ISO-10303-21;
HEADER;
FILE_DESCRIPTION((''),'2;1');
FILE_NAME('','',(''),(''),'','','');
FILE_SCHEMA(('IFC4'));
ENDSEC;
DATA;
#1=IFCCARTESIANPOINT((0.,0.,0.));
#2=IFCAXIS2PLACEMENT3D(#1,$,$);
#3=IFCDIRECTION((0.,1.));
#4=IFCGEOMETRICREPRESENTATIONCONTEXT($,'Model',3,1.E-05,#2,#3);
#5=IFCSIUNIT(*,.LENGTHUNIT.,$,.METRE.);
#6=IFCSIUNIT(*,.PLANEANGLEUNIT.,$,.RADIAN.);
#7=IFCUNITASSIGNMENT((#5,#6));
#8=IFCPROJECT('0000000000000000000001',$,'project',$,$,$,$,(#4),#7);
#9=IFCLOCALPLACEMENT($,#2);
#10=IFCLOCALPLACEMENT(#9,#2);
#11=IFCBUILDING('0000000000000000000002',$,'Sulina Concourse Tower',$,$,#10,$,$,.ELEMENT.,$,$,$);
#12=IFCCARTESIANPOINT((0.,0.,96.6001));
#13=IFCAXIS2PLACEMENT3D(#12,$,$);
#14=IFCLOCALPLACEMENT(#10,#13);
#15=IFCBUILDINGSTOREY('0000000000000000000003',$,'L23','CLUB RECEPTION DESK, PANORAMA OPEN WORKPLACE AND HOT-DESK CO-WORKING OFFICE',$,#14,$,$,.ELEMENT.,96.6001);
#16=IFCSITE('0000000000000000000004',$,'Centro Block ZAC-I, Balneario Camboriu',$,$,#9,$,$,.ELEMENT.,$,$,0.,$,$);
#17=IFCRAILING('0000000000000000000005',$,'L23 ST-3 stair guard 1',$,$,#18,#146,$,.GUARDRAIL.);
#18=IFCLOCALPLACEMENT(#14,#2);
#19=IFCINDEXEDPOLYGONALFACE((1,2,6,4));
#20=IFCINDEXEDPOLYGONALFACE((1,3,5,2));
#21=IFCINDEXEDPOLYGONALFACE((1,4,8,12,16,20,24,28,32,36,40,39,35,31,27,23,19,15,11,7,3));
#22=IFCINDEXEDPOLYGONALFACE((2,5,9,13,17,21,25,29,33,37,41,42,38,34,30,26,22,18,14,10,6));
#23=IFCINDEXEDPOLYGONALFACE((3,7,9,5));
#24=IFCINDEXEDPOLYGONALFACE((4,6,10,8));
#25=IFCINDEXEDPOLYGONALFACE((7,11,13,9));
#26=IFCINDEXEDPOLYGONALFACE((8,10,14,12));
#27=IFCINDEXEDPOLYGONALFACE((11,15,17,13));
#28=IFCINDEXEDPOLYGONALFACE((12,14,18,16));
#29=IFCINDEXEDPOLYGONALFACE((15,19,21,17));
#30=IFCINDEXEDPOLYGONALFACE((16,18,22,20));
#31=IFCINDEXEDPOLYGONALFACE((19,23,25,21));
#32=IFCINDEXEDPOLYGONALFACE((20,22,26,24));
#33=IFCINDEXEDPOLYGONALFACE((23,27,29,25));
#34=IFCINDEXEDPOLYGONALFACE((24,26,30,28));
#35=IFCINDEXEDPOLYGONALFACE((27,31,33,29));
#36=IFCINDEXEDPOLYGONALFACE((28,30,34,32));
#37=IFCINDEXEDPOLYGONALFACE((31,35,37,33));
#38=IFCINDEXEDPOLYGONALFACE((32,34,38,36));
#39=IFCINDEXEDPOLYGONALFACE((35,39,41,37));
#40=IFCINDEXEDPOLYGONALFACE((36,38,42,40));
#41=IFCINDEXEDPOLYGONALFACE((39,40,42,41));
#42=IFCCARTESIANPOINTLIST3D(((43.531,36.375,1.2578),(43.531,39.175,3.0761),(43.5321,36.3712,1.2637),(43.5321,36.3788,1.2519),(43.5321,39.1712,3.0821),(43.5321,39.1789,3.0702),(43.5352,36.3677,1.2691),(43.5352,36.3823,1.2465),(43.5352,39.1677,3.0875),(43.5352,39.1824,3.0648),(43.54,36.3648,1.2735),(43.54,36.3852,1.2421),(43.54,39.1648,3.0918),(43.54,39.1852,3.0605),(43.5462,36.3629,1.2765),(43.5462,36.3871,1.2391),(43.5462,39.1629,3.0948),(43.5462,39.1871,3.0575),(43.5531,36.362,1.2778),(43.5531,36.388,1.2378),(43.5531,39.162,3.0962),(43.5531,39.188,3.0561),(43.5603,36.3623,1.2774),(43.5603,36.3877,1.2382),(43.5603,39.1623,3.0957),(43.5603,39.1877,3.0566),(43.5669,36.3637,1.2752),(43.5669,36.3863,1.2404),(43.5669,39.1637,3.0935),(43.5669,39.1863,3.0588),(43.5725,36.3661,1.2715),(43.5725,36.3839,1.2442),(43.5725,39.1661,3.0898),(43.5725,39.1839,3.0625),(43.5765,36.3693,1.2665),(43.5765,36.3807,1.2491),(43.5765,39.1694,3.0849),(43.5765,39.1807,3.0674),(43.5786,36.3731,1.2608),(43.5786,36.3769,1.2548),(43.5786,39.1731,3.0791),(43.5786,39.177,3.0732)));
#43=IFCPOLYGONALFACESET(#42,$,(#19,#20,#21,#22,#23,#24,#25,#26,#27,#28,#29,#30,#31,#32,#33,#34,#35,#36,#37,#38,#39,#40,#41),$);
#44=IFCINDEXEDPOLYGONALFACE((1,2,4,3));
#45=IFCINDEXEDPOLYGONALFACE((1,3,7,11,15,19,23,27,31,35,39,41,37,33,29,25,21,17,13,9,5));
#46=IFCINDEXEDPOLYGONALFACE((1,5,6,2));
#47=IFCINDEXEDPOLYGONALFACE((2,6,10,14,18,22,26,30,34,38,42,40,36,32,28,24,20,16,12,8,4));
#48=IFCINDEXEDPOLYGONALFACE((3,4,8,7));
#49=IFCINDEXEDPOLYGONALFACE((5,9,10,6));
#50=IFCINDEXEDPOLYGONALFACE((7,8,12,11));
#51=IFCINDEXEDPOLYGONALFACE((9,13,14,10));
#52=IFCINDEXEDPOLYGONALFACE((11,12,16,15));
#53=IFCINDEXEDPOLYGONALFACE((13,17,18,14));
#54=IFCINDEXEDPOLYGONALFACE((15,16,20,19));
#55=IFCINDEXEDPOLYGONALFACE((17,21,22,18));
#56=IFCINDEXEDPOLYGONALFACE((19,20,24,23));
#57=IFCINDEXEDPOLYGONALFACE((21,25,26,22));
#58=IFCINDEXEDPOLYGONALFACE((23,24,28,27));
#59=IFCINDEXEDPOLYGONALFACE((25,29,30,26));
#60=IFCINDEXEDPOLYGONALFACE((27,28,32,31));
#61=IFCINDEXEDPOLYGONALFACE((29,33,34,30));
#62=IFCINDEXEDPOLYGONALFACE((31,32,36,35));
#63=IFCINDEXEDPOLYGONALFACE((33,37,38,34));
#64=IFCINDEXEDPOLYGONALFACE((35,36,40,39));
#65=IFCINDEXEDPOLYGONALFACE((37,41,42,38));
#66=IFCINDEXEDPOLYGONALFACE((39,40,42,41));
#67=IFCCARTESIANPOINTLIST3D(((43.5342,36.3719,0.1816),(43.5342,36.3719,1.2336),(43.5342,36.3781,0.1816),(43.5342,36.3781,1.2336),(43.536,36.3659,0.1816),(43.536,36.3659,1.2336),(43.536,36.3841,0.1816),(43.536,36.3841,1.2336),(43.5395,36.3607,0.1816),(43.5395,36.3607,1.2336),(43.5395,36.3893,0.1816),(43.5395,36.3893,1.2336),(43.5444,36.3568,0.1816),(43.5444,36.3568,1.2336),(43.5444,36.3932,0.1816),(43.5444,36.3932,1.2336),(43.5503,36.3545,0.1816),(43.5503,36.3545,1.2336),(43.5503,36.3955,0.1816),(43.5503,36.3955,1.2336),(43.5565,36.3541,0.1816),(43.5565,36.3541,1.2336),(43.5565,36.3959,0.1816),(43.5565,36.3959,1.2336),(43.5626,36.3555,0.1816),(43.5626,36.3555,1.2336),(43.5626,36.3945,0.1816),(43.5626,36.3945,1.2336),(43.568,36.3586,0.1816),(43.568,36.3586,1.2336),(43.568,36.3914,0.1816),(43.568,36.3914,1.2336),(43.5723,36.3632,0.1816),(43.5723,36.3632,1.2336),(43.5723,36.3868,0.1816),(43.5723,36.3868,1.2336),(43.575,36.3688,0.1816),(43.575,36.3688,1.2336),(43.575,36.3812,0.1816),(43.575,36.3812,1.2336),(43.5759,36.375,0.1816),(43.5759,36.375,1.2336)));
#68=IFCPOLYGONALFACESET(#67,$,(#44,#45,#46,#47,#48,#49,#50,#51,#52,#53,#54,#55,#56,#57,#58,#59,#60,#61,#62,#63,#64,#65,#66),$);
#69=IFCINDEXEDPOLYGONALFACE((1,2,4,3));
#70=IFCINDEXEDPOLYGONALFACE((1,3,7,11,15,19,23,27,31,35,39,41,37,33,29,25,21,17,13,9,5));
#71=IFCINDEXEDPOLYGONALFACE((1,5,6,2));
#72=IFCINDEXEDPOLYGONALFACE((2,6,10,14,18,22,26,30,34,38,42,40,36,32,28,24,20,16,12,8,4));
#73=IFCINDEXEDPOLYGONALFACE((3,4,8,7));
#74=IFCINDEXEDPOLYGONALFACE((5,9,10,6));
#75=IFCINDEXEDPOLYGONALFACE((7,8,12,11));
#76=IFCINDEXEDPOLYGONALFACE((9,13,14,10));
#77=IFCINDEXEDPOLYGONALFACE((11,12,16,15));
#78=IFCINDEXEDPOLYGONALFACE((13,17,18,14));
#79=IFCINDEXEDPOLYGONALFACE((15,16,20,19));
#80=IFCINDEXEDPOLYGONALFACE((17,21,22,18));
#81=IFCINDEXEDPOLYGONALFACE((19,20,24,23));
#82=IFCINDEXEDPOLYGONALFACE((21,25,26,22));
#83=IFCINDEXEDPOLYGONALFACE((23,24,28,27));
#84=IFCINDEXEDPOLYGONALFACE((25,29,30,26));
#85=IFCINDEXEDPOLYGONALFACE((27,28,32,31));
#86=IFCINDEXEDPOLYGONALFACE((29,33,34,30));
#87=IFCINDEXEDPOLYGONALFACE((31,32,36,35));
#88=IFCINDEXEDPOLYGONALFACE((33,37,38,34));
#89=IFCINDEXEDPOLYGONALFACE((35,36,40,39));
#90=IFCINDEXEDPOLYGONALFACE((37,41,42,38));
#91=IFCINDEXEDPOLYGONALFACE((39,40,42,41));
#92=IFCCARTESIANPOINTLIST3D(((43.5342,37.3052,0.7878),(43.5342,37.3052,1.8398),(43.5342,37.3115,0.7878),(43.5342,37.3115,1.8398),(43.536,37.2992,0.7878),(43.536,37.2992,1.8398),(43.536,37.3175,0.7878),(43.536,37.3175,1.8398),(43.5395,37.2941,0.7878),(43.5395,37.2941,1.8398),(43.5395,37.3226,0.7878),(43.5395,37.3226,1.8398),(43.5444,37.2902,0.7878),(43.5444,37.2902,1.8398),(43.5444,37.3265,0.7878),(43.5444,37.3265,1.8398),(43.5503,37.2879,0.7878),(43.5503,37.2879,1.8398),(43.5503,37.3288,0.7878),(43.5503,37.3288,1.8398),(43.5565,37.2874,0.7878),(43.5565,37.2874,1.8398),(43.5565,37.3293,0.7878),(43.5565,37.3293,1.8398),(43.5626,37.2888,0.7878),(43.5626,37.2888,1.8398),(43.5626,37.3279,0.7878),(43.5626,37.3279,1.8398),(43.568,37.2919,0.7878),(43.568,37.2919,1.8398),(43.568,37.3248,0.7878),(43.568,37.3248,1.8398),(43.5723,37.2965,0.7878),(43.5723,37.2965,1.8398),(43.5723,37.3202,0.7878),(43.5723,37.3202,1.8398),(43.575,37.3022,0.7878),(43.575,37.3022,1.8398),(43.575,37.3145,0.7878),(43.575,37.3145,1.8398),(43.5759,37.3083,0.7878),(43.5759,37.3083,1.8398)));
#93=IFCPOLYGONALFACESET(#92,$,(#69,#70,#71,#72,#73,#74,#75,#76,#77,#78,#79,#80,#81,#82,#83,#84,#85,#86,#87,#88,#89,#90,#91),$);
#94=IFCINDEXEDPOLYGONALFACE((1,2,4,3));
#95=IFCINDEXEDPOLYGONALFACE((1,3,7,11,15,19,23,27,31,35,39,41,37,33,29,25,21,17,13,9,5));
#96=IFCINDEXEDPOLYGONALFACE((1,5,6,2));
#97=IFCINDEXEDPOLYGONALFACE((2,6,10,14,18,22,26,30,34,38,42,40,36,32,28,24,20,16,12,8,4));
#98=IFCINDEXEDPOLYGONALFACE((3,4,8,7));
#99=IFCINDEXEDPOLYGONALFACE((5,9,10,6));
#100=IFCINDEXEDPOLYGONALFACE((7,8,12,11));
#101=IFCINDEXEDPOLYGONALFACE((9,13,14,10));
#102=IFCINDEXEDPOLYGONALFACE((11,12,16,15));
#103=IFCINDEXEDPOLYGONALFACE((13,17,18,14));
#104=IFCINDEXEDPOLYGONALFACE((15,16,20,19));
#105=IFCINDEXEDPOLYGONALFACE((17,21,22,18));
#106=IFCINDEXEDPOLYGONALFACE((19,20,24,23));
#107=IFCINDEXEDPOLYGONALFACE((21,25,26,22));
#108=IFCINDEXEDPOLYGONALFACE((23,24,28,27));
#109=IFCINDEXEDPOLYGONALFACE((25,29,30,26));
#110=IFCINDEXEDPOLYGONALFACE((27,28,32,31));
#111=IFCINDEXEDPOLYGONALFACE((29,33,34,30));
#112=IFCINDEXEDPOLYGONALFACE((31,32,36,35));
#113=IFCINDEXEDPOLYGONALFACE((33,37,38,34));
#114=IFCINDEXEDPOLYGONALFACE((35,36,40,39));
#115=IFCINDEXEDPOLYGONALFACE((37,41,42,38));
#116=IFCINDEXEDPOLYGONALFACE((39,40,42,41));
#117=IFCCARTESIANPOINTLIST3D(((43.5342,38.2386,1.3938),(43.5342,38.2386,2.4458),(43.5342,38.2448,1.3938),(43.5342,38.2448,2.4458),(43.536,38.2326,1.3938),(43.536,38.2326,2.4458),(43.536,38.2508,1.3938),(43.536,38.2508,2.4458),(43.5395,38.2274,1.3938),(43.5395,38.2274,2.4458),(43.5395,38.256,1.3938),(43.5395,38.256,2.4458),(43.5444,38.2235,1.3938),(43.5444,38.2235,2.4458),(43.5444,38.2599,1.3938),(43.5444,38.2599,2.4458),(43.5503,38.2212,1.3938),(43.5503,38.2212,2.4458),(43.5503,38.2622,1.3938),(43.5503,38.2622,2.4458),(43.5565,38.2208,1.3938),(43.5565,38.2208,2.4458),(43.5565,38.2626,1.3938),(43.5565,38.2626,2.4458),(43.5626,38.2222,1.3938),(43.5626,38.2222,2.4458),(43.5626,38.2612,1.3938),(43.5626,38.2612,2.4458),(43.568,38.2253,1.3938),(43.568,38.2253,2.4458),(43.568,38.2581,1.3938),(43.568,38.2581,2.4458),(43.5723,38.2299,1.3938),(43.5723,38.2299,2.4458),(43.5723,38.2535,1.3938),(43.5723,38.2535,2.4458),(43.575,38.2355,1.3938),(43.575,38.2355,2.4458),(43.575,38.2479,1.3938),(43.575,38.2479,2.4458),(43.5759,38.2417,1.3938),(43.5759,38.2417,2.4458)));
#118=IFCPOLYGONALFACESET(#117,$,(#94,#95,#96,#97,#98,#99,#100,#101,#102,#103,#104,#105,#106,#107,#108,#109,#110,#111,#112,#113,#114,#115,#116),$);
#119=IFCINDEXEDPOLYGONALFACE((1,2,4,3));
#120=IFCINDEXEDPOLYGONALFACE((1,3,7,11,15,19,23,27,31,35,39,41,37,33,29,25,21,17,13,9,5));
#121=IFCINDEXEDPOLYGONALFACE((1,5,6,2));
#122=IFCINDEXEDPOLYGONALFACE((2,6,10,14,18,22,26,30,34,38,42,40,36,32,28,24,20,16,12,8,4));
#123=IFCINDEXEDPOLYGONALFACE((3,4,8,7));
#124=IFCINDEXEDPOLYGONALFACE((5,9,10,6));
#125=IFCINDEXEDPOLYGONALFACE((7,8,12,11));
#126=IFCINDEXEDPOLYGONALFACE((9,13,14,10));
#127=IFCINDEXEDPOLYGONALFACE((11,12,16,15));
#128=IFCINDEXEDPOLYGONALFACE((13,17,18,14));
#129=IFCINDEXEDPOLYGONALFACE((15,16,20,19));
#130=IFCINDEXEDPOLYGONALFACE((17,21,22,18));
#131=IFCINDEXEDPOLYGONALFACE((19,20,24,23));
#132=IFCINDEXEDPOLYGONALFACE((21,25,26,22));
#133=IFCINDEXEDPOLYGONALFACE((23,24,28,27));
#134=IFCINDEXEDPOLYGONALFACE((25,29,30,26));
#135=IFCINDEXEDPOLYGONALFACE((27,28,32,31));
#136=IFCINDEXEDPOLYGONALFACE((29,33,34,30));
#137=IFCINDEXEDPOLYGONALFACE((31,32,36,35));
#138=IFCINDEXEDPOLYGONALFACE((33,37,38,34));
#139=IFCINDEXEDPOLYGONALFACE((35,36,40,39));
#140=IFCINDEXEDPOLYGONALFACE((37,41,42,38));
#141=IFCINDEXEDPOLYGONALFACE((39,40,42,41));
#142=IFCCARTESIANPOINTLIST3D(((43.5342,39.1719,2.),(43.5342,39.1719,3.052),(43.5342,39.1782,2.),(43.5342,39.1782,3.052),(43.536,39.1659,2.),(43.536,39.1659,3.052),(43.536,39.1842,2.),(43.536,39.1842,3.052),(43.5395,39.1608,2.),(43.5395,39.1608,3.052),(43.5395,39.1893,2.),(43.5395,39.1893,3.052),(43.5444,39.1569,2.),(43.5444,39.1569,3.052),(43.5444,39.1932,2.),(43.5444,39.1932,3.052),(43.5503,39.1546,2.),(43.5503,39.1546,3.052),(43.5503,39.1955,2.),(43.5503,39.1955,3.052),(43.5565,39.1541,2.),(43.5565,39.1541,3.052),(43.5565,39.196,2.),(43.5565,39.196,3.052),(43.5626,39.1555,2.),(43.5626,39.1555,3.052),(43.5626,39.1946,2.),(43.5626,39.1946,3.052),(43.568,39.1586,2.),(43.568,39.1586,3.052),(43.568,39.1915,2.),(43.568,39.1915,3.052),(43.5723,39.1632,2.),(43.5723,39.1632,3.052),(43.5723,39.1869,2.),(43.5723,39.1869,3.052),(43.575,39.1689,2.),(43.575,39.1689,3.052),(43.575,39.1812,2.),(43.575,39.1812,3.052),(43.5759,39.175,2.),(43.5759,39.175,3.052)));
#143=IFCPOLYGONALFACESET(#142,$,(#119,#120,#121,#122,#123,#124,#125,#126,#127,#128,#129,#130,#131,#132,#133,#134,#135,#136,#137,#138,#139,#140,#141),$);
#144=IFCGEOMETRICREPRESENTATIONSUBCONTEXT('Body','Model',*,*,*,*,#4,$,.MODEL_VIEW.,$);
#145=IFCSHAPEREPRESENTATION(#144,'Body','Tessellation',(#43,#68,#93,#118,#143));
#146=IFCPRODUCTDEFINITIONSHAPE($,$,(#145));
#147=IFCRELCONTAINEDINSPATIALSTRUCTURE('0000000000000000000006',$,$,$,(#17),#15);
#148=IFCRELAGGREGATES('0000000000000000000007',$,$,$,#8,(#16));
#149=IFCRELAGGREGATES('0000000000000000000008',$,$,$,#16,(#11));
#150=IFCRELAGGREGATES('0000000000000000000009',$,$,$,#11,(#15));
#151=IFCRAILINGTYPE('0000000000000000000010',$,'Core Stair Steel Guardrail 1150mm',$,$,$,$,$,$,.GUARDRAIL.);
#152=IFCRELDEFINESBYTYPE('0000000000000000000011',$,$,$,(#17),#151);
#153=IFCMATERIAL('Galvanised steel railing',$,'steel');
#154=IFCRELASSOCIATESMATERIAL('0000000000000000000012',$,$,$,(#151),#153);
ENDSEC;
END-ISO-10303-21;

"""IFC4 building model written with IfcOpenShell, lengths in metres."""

from ifc_helpers import new_model, si_unit, direction, frame, origin, origin_2d, place, context, subcontext, project, spatial, circle, extrude, material, type_object, element, save


model = new_model("IFC4")

# Units and contexts
model_context = context("Model", 3, precision=1e-05, world=origin(), true_north=direction((0.0, 1.0)))
body_context = subcontext(model_context, "Body", "Model", "MODEL_VIEW")
ifc_project = project(units=[si_unit("LENGTHUNIT", "METRE"), si_unit("PLANEANGLEUNIT", "RADIAN")], contexts=[model_context])

# Site, building, storey
site_placement = place(None, origin())
site = spatial("IfcSite", under=ifc_project, at=site_placement, Name="Centro Block ZAC-I, Balneario Camboriu", CompositionType="ELEMENT", RefElevation=0.0)
building_placement = place(site_placement, origin())
building = spatial("IfcBuilding", under=site, at=building_placement, Name="Sulina Concourse Tower", CompositionType="ELEMENT")
storey_placement = place(building_placement, frame((0.0, 0.0, 96.6001)))
storey = spatial("IfcBuildingStorey", under=building, at=storey_placement, Name="L23", Description="CLUB RECEPTION DESK, PANORAMA OPEN WORKPLACE AND HOT-DESK CO-WORKING OFFICE", CompositionType="ELEMENT", Elevation=96.6001)

# Railing
ifc_material_1 = material(Name="Galvanised steel railing", Category="steel")
railing_type_1 = type_object("IfcRailingType", Name="Core Stair Steel Guardrail 1150mm", PredefinedType="GUARDRAIL", material=ifc_material_1)
railing_1_placement = place(storey_placement, frame((43.5549, 36.375, 0.1816)))
element("IfcRailing", 1, at=railing_1_placement, inside=storey, type_object=railing_type_1, Name="L23 ST-3 stair guard 1", PredefinedType="GUARDRAIL", context=body_context, shape_type="SweptSolid", body=[
    extrude(circle(Radius=0.0239, at=origin_2d()), frame((0.0, 0.0, 1.0762), z_axis=(0.0, 0.838672, 0.544636), x_axis=(-1.0, 0.0, 0.0)), (0.0, 0.0, 1.0), 3.3386),
    extrude(circle(Radius=0.021, at=origin_2d()), origin(), (0.0, 0.0, 1.0), 1.052),
    extrude(circle(Radius=0.021, at=origin_2d()), frame((0.0, 0.9333, 0.6062)), (0.0, 0.0, 1.0), 1.052),
    extrude(circle(Radius=0.021, at=origin_2d()), frame((0.0, 1.8667, 1.2122)), (0.0, 0.0, 1.0), 1.052),
    extrude(circle(Radius=0.021, at=origin_2d()), frame((0.0, 2.8, 1.8184)), (0.0, 0.0, 1.0), 1.052),
])

save(model, "model.ifc")
